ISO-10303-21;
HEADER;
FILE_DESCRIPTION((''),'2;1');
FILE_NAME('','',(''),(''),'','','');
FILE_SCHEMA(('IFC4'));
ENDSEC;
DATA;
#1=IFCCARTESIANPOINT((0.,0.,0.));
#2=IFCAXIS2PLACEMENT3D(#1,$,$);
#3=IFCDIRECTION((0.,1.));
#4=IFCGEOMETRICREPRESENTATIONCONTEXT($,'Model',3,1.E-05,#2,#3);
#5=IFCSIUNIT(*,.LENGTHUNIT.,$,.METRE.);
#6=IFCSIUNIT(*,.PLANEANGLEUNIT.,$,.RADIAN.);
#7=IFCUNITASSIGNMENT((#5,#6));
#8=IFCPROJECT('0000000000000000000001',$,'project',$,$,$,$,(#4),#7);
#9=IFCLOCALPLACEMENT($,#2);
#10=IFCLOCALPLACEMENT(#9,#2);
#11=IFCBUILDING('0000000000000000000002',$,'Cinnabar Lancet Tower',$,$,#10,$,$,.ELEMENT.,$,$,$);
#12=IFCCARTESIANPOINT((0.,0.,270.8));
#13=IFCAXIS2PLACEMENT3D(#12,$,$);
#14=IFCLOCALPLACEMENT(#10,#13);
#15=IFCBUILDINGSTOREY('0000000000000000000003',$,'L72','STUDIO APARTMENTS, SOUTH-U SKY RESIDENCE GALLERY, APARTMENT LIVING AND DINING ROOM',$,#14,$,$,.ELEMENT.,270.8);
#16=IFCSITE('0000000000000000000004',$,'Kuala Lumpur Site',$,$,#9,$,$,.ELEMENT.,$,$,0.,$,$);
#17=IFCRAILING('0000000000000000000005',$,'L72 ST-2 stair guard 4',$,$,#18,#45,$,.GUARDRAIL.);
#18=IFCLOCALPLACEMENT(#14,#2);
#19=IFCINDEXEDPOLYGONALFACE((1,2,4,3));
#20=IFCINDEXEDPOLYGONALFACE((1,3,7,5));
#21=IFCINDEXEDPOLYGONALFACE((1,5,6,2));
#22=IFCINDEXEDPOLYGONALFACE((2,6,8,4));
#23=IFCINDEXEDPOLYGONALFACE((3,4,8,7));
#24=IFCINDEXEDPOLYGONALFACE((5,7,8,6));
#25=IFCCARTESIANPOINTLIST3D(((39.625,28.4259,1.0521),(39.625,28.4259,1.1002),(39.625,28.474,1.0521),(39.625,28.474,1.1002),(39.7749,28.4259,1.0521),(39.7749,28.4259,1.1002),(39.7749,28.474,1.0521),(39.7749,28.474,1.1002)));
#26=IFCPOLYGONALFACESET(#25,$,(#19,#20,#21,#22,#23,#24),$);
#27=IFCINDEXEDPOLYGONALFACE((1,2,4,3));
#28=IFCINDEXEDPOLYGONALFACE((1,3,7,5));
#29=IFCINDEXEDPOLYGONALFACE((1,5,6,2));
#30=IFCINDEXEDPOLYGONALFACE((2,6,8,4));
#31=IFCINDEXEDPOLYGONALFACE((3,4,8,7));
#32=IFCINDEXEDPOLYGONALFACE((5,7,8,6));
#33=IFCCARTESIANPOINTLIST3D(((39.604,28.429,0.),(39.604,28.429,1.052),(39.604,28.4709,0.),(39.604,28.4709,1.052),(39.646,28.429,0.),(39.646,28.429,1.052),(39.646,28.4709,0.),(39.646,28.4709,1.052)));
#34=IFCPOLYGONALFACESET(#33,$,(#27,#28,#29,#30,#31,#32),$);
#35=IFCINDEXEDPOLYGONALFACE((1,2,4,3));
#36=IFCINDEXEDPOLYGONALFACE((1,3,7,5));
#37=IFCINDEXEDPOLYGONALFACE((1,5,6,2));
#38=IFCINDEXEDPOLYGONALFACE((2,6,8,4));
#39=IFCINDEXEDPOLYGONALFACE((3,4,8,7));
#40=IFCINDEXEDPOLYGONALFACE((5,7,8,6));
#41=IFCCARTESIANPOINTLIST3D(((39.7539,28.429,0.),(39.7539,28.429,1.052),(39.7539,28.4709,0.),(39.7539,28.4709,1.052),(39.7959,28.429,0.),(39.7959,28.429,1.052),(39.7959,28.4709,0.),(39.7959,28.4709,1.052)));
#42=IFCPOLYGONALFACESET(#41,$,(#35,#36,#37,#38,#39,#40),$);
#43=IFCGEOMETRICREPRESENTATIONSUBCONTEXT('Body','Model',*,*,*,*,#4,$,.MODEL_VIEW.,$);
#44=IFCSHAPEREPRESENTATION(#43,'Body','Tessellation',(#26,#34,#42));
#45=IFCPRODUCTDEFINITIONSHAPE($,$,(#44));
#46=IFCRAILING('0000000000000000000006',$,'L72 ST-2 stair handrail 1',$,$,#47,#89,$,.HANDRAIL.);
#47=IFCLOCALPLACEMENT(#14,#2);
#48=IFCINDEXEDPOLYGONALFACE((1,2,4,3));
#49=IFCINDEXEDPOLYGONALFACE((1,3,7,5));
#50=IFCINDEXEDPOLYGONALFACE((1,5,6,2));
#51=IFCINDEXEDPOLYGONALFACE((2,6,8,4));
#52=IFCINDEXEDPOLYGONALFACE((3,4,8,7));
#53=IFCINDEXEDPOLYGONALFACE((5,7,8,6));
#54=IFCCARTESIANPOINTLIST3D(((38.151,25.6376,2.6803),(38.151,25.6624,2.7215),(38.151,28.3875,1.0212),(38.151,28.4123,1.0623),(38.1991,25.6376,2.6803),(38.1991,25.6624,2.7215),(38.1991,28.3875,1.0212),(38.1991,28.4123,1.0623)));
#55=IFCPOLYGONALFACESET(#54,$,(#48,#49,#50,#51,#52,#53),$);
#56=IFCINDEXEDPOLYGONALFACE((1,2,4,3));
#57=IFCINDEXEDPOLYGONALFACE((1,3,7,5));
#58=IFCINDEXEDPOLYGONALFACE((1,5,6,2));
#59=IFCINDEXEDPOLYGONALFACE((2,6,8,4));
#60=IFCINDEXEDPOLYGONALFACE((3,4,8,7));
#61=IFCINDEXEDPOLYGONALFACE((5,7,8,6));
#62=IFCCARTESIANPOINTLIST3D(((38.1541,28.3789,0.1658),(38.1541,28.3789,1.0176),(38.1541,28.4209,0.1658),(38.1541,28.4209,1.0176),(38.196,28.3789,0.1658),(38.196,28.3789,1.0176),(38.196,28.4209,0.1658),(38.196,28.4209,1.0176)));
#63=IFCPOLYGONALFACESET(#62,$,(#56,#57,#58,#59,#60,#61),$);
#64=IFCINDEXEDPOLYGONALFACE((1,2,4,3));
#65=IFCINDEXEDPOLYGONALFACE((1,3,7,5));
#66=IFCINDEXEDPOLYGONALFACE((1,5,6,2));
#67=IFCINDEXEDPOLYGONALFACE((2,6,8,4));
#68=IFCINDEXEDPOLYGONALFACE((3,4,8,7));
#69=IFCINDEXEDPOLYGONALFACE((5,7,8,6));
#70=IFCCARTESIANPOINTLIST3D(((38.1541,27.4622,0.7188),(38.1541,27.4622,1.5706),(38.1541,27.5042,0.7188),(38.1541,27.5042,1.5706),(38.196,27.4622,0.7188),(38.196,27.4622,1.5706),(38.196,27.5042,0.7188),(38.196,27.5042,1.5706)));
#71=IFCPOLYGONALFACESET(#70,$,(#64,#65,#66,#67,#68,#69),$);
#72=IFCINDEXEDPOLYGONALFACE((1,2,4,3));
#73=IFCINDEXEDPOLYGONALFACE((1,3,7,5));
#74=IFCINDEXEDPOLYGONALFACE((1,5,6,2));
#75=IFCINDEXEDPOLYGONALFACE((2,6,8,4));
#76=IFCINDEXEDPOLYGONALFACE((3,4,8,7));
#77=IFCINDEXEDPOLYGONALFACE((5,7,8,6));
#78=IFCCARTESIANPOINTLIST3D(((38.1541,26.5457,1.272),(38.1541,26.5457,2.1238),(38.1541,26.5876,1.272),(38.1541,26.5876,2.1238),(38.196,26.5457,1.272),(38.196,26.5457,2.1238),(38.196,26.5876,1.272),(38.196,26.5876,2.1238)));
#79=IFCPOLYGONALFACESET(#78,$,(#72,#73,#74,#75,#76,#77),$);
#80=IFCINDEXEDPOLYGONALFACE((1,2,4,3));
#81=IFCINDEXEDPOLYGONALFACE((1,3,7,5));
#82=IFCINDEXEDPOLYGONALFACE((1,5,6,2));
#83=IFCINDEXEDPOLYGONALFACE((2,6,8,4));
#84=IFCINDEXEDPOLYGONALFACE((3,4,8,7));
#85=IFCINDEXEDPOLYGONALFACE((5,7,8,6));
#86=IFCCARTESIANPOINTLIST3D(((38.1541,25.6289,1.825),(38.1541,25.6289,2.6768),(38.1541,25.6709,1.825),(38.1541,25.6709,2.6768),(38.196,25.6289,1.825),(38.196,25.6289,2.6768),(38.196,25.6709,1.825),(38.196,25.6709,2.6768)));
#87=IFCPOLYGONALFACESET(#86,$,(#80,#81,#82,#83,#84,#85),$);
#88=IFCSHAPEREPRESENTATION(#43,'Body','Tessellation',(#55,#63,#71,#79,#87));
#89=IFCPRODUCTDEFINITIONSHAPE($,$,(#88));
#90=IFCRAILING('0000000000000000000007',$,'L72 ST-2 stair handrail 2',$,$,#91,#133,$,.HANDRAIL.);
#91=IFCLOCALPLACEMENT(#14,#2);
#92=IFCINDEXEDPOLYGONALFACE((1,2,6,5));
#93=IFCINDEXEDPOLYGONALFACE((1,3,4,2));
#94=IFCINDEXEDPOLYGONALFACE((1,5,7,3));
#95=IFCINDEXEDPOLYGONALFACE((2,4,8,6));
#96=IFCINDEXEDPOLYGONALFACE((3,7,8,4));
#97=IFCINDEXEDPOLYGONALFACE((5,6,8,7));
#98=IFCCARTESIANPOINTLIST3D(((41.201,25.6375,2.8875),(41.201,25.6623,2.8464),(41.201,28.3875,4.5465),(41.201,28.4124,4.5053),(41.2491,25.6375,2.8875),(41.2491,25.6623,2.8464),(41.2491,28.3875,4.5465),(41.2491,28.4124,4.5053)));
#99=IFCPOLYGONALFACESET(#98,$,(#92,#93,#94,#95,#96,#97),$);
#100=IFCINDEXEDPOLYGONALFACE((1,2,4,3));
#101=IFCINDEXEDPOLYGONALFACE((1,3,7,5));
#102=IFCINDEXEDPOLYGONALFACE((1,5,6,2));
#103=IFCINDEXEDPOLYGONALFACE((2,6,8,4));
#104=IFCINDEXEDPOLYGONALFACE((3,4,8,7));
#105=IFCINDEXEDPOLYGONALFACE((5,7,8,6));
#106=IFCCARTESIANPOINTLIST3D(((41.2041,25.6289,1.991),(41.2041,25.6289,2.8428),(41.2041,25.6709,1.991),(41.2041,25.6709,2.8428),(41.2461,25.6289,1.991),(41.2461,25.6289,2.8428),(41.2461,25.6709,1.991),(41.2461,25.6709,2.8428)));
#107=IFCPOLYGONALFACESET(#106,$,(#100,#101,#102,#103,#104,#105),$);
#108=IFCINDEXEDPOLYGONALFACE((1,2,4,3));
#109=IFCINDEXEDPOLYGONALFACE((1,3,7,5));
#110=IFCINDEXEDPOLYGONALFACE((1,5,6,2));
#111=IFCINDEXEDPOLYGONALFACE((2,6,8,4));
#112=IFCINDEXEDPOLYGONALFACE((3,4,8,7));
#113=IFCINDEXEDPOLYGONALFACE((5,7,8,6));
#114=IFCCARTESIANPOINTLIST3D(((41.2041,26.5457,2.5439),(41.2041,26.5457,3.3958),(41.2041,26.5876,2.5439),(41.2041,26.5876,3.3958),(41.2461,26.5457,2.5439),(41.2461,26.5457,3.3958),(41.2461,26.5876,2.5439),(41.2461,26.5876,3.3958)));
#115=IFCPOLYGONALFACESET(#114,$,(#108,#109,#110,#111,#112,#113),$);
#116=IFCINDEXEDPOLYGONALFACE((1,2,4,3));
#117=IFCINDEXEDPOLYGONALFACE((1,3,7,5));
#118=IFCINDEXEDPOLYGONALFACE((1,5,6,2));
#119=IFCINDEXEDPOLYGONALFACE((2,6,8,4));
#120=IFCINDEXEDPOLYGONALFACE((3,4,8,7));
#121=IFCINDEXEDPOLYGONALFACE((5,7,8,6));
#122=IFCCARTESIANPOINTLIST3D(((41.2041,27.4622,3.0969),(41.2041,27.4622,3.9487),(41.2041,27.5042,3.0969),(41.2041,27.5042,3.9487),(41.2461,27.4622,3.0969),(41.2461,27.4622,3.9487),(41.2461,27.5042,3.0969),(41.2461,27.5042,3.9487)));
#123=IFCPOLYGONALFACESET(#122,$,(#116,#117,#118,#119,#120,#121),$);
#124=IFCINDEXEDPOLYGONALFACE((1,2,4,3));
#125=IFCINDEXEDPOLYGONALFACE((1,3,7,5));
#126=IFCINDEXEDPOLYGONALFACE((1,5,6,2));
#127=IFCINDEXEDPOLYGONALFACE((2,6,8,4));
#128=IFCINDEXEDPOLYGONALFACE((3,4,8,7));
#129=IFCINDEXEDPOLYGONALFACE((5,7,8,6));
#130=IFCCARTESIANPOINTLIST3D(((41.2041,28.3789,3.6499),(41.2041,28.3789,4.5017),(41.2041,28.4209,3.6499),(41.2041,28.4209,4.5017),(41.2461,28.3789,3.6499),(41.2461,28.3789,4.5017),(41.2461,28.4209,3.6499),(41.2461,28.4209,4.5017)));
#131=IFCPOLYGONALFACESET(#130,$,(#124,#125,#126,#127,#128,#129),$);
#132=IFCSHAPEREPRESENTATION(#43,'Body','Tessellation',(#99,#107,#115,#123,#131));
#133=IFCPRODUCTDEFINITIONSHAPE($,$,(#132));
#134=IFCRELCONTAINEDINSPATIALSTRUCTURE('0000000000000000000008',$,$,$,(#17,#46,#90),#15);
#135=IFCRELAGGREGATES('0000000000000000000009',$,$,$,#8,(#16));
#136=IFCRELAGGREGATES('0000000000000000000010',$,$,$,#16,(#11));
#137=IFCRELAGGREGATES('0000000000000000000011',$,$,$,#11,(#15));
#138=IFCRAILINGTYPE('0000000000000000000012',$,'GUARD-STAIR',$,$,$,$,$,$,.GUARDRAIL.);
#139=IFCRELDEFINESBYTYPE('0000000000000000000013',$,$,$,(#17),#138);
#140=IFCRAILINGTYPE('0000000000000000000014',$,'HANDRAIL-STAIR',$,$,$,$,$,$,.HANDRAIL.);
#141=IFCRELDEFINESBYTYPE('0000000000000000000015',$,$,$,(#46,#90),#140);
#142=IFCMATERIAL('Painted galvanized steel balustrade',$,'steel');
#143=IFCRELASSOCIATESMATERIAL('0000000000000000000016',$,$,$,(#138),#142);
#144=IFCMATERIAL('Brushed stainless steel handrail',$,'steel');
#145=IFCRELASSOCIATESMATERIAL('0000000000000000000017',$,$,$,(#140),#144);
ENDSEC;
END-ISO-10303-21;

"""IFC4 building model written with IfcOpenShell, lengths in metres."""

from ifc_helpers import new_model, si_unit, direction, frame, origin, origin_2d, place, context, subcontext, project, spatial, rectangle, extrude, material, type_object, element, save


model = new_model("IFC4")

# Units and contexts
model_context = context("Model", 3, precision=1e-05, world=origin(), true_north=direction((0.0, 1.0)))
body_context = subcontext(model_context, "Body", "Model", "MODEL_VIEW")
ifc_project = project(units=[si_unit("LENGTHUNIT", "METRE"), si_unit("PLANEANGLEUNIT", "RADIAN")], contexts=[model_context])

# Site, building, storey
site_placement = place(None, origin())
site = spatial("IfcSite", under=ifc_project, at=site_placement, Name="Kuala Lumpur Site", CompositionType="ELEMENT", RefElevation=0.0)
building_placement = place(site_placement, origin())
building = spatial("IfcBuilding", under=site, at=building_placement, Name="Cinnabar Lancet Tower", CompositionType="ELEMENT")
storey_placement = place(building_placement, frame((0.0, 0.0, 270.8)))
storey = spatial("IfcBuildingStorey", under=building, at=storey_placement, Name="L72", Description="STUDIO APARTMENTS, SOUTH-U SKY RESIDENCE GALLERY, APARTMENT LIVING AND DINING ROOM", CompositionType="ELEMENT", Elevation=270.8)

# Railings
ifc_material_1 = material(Name="Painted galvanized steel balustrade", Category="steel")
railing_type_1 = type_object("IfcRailingType", Name="GUARD-STAIR", PredefinedType="GUARDRAIL", material=ifc_material_1)
railing_1_placement = place(storey_placement, frame((39.625, 28.45, 0.0)))
element("IfcRailing", 1, at=railing_1_placement, inside=storey, type_object=railing_type_1, Name="L72 ST-2 stair guard 4", PredefinedType="GUARDRAIL", context=body_context, shape_type="SweptSolid", body=[
    extrude(rectangle(XDim=0.0481, YDim=0.0481, at=origin_2d()), frame((0.0, 0.0, 1.0762), z_axis=(1.0, 0.0, 0.0), x_axis=(0.0, 1.0, 0.0)), (0.0, 0.0, 1.0), 0.1499),
    extrude(rectangle(XDim=0.042, YDim=0.042, at=origin_2d()), origin(), (0.0, 0.0, 1.0), 1.052),
    extrude(rectangle(XDim=0.042, YDim=0.042, at=origin_2d()), frame((0.1499, 0.0, 0.0)), (0.0, 0.0, 1.0), 1.052),
])
ifc_material_2 = material(Name="Brushed stainless steel handrail", Category="steel")
railing_type_2 = type_object("IfcRailingType", Name="HANDRAIL-STAIR", PredefinedType="HANDRAIL", material=ifc_material_2)
railing_2_placement = place(storey_placement, frame((38.175, 28.3999, 0.1658)))
element("IfcRailing", 2, at=railing_2_placement, inside=storey, type_object=railing_type_2, Name="L72 ST-2 stair handrail 1", PredefinedType="HANDRAIL", context=body_context, shape_type="SweptSolid", body=[
    extrude(rectangle(XDim=0.0481, YDim=0.0481, at=origin_2d()), frame((0.0, 0.0, 0.876), z_axis=(0.0, -0.856229, 0.516596), x_axis=(1.0, 0.0, 0.0)), (0.0, 0.0, 1.0), 3.2117),
    extrude(rectangle(XDim=0.042, YDim=0.042, at=origin_2d()), origin(), (0.0, 0.0, 1.0), 0.8518),
    extrude(rectangle(XDim=0.042, YDim=0.042, at=origin_2d()), frame((0.0, -0.9167, 0.553)), (0.0, 0.0, 1.0), 0.8518),
    extrude(rectangle(XDim=0.042, YDim=0.042, at=origin_2d()), frame((0.0, -1.8333, 1.1062)), (0.0, 0.0, 1.0), 0.8518),
    extrude(rectangle(XDim=0.042, YDim=0.042, at=origin_2d()), frame((0.0, -2.75, 1.6592)), (0.0, 0.0, 1.0), 0.8518),
])
railing_3_placement = place(storey_placement, frame((41.2251, 25.6499, 1.991)))
element("IfcRailing", 3, at=railing_3_placement, inside=storey, type_object=railing_type_2, Name="L72 ST-2 stair handrail 2", PredefinedType="HANDRAIL", context=body_context, shape_type="SweptSolid", body=[
    extrude(rectangle(XDim=0.0481, YDim=0.0481, at=origin_2d()), frame((0.0, 0.0, 0.876), z_axis=(0.0, 0.856263, 0.51654), x_axis=(-1.0, 0.0, 0.0)), (0.0, 0.0, 1.0), 3.2117),
    extrude(rectangle(XDim=0.042, YDim=0.042, at=origin_2d()), origin(), (0.0, 0.0, 1.0), 0.8518),
    extrude(rectangle(XDim=0.042, YDim=0.042, at=origin_2d()), frame((0.0, 0.9167, 0.553)), (0.0, 0.0, 1.0), 0.8518),
    extrude(rectangle(XDim=0.042, YDim=0.042, at=origin_2d()), frame((0.0, 1.8333, 1.106)), (0.0, 0.0, 1.0), 0.8518),
    extrude(rectangle(XDim=0.042, YDim=0.042, at=origin_2d()), frame((0.0, 2.75, 1.6589)), (0.0, 0.0, 1.0), 0.8518),
])

save(model, "model.ifc")
